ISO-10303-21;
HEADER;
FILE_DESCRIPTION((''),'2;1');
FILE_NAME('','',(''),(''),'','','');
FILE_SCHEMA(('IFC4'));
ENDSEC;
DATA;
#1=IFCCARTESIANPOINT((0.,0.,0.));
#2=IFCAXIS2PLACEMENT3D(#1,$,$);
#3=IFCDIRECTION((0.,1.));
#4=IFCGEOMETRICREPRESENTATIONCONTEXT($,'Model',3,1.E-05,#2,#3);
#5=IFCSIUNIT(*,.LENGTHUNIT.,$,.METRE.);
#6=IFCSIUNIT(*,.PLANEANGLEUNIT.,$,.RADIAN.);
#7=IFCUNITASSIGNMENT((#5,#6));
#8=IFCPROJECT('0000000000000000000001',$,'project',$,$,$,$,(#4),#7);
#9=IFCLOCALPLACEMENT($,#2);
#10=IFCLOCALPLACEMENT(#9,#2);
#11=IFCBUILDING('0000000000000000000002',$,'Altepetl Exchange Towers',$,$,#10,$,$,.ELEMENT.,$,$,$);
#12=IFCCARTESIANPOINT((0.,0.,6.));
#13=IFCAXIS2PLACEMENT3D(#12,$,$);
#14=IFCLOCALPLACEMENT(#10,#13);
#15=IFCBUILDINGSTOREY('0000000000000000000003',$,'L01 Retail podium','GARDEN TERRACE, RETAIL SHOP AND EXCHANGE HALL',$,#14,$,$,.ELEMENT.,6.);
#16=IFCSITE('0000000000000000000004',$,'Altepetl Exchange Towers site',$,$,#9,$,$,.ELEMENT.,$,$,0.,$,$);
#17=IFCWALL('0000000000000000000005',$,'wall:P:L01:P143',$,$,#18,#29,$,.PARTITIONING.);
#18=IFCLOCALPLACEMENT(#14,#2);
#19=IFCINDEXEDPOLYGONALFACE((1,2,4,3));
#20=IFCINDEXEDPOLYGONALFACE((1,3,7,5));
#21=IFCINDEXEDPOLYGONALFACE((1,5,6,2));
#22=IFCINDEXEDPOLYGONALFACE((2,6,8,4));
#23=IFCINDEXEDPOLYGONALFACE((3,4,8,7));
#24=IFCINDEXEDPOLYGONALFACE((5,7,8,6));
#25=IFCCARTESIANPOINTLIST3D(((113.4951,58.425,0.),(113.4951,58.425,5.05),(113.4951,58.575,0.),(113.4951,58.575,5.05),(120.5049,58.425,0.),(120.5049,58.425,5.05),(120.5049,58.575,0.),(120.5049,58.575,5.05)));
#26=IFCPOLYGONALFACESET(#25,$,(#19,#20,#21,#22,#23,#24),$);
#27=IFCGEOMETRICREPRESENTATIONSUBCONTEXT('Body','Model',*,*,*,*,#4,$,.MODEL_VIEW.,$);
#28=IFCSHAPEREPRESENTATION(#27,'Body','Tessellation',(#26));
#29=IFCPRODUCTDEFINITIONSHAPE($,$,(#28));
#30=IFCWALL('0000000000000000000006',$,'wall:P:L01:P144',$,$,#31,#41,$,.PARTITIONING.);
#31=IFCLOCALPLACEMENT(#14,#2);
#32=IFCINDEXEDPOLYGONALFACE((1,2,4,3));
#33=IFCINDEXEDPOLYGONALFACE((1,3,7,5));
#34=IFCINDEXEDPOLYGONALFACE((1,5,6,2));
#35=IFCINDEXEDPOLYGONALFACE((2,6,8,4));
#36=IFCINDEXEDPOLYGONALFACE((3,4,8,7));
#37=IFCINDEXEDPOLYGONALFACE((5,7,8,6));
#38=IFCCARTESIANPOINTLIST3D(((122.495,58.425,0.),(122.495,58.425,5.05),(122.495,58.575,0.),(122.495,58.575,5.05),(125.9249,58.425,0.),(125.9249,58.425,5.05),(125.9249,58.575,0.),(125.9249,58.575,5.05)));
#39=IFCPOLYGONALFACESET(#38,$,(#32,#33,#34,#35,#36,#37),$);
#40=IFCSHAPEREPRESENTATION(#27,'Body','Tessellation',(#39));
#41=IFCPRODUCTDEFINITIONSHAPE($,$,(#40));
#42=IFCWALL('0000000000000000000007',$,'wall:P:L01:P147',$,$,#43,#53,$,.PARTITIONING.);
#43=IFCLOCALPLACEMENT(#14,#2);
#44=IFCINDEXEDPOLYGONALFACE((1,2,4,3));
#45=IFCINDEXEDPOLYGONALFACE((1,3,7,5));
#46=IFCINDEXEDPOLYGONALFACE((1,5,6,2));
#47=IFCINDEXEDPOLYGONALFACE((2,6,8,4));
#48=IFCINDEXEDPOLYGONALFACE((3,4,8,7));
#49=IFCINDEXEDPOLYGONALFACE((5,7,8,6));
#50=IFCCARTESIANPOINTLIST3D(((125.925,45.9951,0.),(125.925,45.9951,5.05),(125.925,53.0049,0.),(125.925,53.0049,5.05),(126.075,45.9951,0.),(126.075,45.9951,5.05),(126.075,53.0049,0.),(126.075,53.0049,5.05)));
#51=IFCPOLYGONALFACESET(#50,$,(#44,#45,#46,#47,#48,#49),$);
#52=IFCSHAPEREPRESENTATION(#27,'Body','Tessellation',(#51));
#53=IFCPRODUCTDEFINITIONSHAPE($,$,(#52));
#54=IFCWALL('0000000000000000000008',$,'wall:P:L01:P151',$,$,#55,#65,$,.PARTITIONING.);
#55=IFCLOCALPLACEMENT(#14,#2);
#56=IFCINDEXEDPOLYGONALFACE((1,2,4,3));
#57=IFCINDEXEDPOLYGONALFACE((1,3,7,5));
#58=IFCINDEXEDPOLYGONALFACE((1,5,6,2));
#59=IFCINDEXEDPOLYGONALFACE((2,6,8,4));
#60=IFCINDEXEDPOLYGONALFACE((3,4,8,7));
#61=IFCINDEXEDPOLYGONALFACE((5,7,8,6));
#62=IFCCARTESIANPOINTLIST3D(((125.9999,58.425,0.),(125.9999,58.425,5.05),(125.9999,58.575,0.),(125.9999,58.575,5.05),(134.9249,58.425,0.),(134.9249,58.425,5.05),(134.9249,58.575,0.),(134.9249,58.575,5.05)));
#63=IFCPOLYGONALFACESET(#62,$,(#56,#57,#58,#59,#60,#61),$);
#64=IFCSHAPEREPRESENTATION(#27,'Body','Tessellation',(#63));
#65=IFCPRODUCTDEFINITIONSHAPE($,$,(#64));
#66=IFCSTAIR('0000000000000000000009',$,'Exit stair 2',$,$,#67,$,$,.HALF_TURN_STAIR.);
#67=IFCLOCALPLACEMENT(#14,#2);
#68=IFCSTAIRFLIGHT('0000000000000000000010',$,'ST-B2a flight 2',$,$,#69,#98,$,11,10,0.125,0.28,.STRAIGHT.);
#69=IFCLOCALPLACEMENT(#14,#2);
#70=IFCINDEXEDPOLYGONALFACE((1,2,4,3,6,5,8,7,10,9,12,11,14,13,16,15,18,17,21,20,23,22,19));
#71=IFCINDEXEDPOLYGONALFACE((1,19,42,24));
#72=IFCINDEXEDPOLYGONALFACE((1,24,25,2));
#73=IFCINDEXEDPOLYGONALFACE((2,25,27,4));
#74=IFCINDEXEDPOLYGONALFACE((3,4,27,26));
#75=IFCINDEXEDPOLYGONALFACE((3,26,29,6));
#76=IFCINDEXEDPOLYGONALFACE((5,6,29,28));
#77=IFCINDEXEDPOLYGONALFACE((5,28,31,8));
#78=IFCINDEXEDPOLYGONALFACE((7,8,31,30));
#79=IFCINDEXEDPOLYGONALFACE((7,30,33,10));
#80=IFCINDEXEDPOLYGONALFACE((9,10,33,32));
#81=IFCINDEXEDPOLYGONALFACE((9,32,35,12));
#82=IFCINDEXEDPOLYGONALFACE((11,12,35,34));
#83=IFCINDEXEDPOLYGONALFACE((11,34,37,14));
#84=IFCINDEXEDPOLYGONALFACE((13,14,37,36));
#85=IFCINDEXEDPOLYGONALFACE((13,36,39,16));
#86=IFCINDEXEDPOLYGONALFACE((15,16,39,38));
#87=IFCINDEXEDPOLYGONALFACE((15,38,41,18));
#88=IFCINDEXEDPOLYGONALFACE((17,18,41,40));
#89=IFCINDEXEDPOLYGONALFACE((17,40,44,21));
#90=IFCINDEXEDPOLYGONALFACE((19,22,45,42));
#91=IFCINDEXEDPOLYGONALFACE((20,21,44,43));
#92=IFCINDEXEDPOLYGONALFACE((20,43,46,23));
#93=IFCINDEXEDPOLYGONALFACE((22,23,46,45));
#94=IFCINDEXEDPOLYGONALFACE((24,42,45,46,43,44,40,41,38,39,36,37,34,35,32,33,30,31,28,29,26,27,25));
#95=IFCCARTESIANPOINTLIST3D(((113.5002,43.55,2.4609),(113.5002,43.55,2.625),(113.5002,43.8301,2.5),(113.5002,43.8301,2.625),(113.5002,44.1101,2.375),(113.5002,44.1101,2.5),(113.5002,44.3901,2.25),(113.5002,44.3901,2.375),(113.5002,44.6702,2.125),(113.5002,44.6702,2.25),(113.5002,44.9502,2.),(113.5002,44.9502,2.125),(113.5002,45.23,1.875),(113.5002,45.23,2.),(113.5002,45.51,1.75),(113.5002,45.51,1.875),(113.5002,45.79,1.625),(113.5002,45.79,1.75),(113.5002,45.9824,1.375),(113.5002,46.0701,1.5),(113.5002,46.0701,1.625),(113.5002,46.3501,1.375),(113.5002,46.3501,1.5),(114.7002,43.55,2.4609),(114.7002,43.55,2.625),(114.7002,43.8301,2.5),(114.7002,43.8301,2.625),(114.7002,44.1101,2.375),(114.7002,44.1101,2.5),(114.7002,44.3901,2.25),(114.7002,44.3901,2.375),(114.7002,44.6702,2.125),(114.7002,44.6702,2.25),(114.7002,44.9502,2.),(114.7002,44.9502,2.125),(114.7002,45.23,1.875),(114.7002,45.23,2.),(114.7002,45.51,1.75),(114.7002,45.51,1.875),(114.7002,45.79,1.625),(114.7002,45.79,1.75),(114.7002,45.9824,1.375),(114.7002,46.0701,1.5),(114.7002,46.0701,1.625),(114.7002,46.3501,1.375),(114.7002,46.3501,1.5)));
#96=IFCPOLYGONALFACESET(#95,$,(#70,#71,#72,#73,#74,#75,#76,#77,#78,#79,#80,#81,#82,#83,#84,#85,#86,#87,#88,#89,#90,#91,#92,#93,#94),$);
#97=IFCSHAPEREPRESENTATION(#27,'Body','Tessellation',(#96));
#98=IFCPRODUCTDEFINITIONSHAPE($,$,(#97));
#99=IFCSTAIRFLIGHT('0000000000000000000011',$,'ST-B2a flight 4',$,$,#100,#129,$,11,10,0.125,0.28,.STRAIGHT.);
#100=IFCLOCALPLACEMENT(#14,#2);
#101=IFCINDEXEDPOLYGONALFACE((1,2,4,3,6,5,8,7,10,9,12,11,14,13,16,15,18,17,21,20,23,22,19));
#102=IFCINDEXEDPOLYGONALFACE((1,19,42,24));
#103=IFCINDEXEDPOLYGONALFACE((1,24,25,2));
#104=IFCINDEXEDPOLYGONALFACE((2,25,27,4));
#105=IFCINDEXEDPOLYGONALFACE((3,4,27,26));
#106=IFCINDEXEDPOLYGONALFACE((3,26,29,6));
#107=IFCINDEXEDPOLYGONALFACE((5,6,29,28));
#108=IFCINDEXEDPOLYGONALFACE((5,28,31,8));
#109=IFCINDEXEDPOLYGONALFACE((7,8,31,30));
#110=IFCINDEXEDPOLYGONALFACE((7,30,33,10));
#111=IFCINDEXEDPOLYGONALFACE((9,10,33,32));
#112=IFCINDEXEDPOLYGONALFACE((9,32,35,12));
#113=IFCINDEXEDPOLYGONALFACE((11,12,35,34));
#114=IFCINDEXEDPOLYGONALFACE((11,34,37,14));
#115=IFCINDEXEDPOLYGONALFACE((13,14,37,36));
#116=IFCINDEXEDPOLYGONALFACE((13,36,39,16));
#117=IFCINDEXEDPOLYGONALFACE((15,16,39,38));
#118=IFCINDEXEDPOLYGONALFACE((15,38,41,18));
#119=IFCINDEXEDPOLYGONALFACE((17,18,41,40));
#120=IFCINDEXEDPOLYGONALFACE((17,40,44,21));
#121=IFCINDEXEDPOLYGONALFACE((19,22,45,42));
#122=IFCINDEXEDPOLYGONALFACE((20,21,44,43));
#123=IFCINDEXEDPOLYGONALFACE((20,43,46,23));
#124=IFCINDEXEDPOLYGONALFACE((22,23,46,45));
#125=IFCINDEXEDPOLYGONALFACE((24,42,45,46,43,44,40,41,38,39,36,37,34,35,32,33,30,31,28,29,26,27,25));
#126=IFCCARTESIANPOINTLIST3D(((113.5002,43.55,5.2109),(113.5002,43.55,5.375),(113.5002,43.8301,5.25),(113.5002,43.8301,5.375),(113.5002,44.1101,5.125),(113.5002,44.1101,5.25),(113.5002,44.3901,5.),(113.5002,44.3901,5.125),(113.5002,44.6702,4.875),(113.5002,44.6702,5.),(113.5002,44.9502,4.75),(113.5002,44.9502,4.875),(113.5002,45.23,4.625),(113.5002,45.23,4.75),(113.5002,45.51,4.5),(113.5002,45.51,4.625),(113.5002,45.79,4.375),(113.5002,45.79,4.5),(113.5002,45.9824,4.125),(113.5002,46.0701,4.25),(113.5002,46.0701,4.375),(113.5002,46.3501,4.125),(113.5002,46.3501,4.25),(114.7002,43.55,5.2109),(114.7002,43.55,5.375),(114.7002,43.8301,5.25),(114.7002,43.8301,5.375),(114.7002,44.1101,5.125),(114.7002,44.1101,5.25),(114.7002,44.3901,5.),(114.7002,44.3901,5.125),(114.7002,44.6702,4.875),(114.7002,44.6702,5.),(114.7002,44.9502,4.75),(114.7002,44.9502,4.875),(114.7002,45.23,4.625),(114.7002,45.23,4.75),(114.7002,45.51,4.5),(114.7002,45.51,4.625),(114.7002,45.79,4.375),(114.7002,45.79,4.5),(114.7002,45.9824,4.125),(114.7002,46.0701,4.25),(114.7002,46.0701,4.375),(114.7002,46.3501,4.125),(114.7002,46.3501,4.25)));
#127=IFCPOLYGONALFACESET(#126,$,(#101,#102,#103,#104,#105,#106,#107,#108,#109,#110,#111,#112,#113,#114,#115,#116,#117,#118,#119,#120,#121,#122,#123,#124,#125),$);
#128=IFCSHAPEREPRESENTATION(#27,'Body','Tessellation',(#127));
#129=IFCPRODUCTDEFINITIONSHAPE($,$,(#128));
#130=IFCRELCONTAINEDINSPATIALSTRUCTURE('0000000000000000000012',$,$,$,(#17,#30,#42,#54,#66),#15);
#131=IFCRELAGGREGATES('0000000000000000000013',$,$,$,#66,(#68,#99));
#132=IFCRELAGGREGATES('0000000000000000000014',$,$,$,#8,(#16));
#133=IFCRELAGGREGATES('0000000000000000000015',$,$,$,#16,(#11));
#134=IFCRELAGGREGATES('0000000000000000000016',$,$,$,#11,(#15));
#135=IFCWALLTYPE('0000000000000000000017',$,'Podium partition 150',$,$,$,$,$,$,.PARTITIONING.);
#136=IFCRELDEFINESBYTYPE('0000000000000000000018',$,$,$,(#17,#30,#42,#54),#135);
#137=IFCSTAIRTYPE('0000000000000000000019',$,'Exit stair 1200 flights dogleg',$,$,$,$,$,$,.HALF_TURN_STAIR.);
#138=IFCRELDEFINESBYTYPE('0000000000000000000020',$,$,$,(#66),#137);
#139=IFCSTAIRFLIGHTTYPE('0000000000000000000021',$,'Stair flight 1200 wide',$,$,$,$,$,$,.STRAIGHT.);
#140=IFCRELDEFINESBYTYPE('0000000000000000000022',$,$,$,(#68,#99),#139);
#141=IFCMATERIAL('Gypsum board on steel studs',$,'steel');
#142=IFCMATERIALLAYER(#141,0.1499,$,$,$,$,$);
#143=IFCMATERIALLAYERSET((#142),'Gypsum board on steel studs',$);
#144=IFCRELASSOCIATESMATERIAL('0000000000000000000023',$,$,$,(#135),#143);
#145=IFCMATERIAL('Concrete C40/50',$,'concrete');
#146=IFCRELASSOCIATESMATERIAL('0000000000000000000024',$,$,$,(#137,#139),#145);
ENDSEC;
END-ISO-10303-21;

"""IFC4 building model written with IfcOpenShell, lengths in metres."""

from ifc_helpers import new_model, si_unit, direction, frame, frame_2d, origin, place, context, subcontext, project, spatial, polyline, rectangle, outline, extrude, material, layer, layer_set, type_object, element, aggregate, save


model = new_model("IFC4")

# Units and contexts
model_context = context("Model", 3, precision=1e-05, world=origin(), true_north=direction((0.0, 1.0)))
body_context = subcontext(model_context, "Body", "Model", "MODEL_VIEW")
ifc_project = project(units=[si_unit("LENGTHUNIT", "METRE"), si_unit("PLANEANGLEUNIT", "RADIAN")], contexts=[model_context])

# Site, building, storey
site_placement = place(None, origin())
site = spatial("IfcSite", under=ifc_project, at=site_placement, Name="Altepetl Exchange Towers site", CompositionType="ELEMENT", RefElevation=0.0)
building_placement = place(site_placement, origin())
building = spatial("IfcBuilding", under=site, at=building_placement, Name="Altepetl Exchange Towers", CompositionType="ELEMENT")
storey_placement = place(building_placement, frame((0.0, 0.0, 6.0)))
storey = spatial("IfcBuildingStorey", under=building, at=storey_placement, Name="L01 Retail podium", Description="GARDEN TERRACE, RETAIL SHOP AND EXCHANGE HALL", CompositionType="ELEMENT", Elevation=6.0)

# Shared definitions
ifc_material_1 = material(Name="Gypsum board on steel studs", Category="steel")
ifc_layer = layer(ifc_material_1, 0.1499)
ifc_layer_set = layer_set([ifc_layer], Name="Gypsum board on steel studs")
wall_type = type_object("IfcWallType", Name="Podium partition 150", PredefinedType="PARTITIONING", material=ifc_layer_set)

# Walls
wall_1_placement = place(storey_placement, frame((113.4951, 58.5, 0.0)))
element("IfcWall", 1, at=wall_1_placement, inside=storey, type_object=wall_type, Name="wall:P:L01:P143", PredefinedType="PARTITIONING", context=body_context, shape_type="SweptSolid", body=[
    extrude(rectangle(XDim=7.0098, YDim=0.1499, at=frame_2d((3.5049, 0.0))), origin(), (0.0, 0.0, 1.0), 5.05),
])
wall_2_placement = place(storey_placement, frame((122.4951, 58.5, 0.0)))
element("IfcWall", 2, at=wall_2_placement, inside=storey, type_object=wall_type, Name="wall:P:L01:P144", PredefinedType="PARTITIONING", context=body_context, shape_type="SweptSolid", body=[
    extrude(rectangle(XDim=3.4299, YDim=0.1499, at=frame_2d((1.7148, 0.0))), origin(), (0.0, 0.0, 1.0), 5.05),
])
wall_3_placement = place(storey_placement, frame((126.0, 45.9951, 0.0), z_axis=(0.0, 0.0, 1.0), x_axis=(0.0, 1.0, 0.0)))
element("IfcWall", 3, at=wall_3_placement, inside=storey, type_object=wall_type, Name="wall:P:L01:P147", PredefinedType="PARTITIONING", context=body_context, shape_type="SweptSolid", body=[
    extrude(rectangle(XDim=7.0098, YDim=0.1499, at=frame_2d((3.5049, 0.0))), origin(), (0.0, 0.0, 1.0), 5.05),
])
wall_4_placement = place(storey_placement, frame((126.0, 58.5, 0.0)))
element("IfcWall", 4, at=wall_4_placement, inside=storey, type_object=wall_type, Name="wall:P:L01:P151", PredefinedType="PARTITIONING", context=body_context, shape_type="SweptSolid", body=[
    extrude(rectangle(XDim=8.925, YDim=0.1499, at=frame_2d((4.4624, 0.0))), origin(), (0.0, 0.0, 1.0), 5.05),
])

# Stair, stair flights
ifc_material_2 = material(Name="Concrete C40/50", Category="concrete")
stair_type = type_object("IfcStairType", Name="Exit stair 1200 flights dogleg", PredefinedType="HALF_TURN_STAIR", material=ifc_material_2)
stair_placement = place(storey_placement, origin())
stair = element("IfcStair", 5, at=stair_placement, inside=storey, type_object=stair_type, Name="Exit stair 2", PredefinedType="HALF_TURN_STAIR")
stair_flight_type = type_object("IfcStairFlightType", Name="Stair flight 1200 wide", PredefinedType="STRAIGHT", material=ifc_material_2)
stair_flight_1_placement = place(storey_placement, frame((114.1001, 46.3501, 1.375), z_axis=(0.0, 0.0, 1.0), x_axis=(0.0, -1.0, 0.0)))
stair_flight_1 = element("IfcStairFlight", 6, at=stair_flight_1_placement, type_object=stair_flight_type, Name="ST-B2a flight 2", NumberOfRisers=11, NumberOfTreads=10, PredefinedType="STRAIGHT", RiserHeight=0.125, TreadLength=0.28, context=body_context, shape_type="SweptSolid", body=[
    extrude(outline(polyline([(0.0, 0.0), (0.0, 0.125), (0.28, 0.125), (0.28, 0.25), (0.5601, 0.25), (0.5601, 0.375), (0.8401, 0.375), (0.8401, 0.5), (1.1201, 0.5), (1.1201, 0.625), (1.3999, 0.625), (1.3999, 0.75), (1.6799, 0.75), (1.6799, 0.875), (1.96, 0.875), (1.96, 1.0), (2.24, 1.0), (2.24, 1.125), (2.52, 1.125), (2.52, 1.25), (2.8, 1.25), (2.8, 1.375), (2.8, 1.0859), (0.3677, 0.0), (0.0, 0.0)])), frame((0.0, 0.6001, 0.0), z_axis=(0.0, -1.0, 0.0), x_axis=(1.0, 0.0, 0.0)), (0.0, 0.0, 1.0), 1.2),
])
stair_flight_2_placement = place(storey_placement, frame((114.1001, 46.3501, 4.125), z_axis=(0.0, 0.0, 1.0), x_axis=(0.0, -1.0, 0.0)))
stair_flight_2 = element("IfcStairFlight", 7, at=stair_flight_2_placement, type_object=stair_flight_type, Name="ST-B2a flight 4", NumberOfRisers=11, NumberOfTreads=10, PredefinedType="STRAIGHT", RiserHeight=0.125, TreadLength=0.28, context=body_context, shape_type="SweptSolid", body=[
    extrude(outline(polyline([(0.0, 0.0), (0.0, 0.125), (0.28, 0.125), (0.28, 0.25), (0.5601, 0.25), (0.5601, 0.375), (0.8401, 0.375), (0.8401, 0.5), (1.1201, 0.5), (1.1201, 0.625), (1.3999, 0.625), (1.3999, 0.75), (1.6799, 0.75), (1.6799, 0.875), (1.96, 0.875), (1.96, 1.0), (2.24, 1.0), (2.24, 1.125), (2.52, 1.125), (2.52, 1.25), (2.8, 1.25), (2.8, 1.375), (2.8, 1.0859), (0.3677, 0.0), (0.0, 0.0)])), frame((0.0, 0.6001, 0.0), z_axis=(0.0, -1.0, 0.0), x_axis=(1.0, 0.0, 0.0)), (0.0, 0.0, 1.0), 1.2),
])
aggregate(stair, [stair_flight_1, stair_flight_2])

save(model, "model.ifc")
